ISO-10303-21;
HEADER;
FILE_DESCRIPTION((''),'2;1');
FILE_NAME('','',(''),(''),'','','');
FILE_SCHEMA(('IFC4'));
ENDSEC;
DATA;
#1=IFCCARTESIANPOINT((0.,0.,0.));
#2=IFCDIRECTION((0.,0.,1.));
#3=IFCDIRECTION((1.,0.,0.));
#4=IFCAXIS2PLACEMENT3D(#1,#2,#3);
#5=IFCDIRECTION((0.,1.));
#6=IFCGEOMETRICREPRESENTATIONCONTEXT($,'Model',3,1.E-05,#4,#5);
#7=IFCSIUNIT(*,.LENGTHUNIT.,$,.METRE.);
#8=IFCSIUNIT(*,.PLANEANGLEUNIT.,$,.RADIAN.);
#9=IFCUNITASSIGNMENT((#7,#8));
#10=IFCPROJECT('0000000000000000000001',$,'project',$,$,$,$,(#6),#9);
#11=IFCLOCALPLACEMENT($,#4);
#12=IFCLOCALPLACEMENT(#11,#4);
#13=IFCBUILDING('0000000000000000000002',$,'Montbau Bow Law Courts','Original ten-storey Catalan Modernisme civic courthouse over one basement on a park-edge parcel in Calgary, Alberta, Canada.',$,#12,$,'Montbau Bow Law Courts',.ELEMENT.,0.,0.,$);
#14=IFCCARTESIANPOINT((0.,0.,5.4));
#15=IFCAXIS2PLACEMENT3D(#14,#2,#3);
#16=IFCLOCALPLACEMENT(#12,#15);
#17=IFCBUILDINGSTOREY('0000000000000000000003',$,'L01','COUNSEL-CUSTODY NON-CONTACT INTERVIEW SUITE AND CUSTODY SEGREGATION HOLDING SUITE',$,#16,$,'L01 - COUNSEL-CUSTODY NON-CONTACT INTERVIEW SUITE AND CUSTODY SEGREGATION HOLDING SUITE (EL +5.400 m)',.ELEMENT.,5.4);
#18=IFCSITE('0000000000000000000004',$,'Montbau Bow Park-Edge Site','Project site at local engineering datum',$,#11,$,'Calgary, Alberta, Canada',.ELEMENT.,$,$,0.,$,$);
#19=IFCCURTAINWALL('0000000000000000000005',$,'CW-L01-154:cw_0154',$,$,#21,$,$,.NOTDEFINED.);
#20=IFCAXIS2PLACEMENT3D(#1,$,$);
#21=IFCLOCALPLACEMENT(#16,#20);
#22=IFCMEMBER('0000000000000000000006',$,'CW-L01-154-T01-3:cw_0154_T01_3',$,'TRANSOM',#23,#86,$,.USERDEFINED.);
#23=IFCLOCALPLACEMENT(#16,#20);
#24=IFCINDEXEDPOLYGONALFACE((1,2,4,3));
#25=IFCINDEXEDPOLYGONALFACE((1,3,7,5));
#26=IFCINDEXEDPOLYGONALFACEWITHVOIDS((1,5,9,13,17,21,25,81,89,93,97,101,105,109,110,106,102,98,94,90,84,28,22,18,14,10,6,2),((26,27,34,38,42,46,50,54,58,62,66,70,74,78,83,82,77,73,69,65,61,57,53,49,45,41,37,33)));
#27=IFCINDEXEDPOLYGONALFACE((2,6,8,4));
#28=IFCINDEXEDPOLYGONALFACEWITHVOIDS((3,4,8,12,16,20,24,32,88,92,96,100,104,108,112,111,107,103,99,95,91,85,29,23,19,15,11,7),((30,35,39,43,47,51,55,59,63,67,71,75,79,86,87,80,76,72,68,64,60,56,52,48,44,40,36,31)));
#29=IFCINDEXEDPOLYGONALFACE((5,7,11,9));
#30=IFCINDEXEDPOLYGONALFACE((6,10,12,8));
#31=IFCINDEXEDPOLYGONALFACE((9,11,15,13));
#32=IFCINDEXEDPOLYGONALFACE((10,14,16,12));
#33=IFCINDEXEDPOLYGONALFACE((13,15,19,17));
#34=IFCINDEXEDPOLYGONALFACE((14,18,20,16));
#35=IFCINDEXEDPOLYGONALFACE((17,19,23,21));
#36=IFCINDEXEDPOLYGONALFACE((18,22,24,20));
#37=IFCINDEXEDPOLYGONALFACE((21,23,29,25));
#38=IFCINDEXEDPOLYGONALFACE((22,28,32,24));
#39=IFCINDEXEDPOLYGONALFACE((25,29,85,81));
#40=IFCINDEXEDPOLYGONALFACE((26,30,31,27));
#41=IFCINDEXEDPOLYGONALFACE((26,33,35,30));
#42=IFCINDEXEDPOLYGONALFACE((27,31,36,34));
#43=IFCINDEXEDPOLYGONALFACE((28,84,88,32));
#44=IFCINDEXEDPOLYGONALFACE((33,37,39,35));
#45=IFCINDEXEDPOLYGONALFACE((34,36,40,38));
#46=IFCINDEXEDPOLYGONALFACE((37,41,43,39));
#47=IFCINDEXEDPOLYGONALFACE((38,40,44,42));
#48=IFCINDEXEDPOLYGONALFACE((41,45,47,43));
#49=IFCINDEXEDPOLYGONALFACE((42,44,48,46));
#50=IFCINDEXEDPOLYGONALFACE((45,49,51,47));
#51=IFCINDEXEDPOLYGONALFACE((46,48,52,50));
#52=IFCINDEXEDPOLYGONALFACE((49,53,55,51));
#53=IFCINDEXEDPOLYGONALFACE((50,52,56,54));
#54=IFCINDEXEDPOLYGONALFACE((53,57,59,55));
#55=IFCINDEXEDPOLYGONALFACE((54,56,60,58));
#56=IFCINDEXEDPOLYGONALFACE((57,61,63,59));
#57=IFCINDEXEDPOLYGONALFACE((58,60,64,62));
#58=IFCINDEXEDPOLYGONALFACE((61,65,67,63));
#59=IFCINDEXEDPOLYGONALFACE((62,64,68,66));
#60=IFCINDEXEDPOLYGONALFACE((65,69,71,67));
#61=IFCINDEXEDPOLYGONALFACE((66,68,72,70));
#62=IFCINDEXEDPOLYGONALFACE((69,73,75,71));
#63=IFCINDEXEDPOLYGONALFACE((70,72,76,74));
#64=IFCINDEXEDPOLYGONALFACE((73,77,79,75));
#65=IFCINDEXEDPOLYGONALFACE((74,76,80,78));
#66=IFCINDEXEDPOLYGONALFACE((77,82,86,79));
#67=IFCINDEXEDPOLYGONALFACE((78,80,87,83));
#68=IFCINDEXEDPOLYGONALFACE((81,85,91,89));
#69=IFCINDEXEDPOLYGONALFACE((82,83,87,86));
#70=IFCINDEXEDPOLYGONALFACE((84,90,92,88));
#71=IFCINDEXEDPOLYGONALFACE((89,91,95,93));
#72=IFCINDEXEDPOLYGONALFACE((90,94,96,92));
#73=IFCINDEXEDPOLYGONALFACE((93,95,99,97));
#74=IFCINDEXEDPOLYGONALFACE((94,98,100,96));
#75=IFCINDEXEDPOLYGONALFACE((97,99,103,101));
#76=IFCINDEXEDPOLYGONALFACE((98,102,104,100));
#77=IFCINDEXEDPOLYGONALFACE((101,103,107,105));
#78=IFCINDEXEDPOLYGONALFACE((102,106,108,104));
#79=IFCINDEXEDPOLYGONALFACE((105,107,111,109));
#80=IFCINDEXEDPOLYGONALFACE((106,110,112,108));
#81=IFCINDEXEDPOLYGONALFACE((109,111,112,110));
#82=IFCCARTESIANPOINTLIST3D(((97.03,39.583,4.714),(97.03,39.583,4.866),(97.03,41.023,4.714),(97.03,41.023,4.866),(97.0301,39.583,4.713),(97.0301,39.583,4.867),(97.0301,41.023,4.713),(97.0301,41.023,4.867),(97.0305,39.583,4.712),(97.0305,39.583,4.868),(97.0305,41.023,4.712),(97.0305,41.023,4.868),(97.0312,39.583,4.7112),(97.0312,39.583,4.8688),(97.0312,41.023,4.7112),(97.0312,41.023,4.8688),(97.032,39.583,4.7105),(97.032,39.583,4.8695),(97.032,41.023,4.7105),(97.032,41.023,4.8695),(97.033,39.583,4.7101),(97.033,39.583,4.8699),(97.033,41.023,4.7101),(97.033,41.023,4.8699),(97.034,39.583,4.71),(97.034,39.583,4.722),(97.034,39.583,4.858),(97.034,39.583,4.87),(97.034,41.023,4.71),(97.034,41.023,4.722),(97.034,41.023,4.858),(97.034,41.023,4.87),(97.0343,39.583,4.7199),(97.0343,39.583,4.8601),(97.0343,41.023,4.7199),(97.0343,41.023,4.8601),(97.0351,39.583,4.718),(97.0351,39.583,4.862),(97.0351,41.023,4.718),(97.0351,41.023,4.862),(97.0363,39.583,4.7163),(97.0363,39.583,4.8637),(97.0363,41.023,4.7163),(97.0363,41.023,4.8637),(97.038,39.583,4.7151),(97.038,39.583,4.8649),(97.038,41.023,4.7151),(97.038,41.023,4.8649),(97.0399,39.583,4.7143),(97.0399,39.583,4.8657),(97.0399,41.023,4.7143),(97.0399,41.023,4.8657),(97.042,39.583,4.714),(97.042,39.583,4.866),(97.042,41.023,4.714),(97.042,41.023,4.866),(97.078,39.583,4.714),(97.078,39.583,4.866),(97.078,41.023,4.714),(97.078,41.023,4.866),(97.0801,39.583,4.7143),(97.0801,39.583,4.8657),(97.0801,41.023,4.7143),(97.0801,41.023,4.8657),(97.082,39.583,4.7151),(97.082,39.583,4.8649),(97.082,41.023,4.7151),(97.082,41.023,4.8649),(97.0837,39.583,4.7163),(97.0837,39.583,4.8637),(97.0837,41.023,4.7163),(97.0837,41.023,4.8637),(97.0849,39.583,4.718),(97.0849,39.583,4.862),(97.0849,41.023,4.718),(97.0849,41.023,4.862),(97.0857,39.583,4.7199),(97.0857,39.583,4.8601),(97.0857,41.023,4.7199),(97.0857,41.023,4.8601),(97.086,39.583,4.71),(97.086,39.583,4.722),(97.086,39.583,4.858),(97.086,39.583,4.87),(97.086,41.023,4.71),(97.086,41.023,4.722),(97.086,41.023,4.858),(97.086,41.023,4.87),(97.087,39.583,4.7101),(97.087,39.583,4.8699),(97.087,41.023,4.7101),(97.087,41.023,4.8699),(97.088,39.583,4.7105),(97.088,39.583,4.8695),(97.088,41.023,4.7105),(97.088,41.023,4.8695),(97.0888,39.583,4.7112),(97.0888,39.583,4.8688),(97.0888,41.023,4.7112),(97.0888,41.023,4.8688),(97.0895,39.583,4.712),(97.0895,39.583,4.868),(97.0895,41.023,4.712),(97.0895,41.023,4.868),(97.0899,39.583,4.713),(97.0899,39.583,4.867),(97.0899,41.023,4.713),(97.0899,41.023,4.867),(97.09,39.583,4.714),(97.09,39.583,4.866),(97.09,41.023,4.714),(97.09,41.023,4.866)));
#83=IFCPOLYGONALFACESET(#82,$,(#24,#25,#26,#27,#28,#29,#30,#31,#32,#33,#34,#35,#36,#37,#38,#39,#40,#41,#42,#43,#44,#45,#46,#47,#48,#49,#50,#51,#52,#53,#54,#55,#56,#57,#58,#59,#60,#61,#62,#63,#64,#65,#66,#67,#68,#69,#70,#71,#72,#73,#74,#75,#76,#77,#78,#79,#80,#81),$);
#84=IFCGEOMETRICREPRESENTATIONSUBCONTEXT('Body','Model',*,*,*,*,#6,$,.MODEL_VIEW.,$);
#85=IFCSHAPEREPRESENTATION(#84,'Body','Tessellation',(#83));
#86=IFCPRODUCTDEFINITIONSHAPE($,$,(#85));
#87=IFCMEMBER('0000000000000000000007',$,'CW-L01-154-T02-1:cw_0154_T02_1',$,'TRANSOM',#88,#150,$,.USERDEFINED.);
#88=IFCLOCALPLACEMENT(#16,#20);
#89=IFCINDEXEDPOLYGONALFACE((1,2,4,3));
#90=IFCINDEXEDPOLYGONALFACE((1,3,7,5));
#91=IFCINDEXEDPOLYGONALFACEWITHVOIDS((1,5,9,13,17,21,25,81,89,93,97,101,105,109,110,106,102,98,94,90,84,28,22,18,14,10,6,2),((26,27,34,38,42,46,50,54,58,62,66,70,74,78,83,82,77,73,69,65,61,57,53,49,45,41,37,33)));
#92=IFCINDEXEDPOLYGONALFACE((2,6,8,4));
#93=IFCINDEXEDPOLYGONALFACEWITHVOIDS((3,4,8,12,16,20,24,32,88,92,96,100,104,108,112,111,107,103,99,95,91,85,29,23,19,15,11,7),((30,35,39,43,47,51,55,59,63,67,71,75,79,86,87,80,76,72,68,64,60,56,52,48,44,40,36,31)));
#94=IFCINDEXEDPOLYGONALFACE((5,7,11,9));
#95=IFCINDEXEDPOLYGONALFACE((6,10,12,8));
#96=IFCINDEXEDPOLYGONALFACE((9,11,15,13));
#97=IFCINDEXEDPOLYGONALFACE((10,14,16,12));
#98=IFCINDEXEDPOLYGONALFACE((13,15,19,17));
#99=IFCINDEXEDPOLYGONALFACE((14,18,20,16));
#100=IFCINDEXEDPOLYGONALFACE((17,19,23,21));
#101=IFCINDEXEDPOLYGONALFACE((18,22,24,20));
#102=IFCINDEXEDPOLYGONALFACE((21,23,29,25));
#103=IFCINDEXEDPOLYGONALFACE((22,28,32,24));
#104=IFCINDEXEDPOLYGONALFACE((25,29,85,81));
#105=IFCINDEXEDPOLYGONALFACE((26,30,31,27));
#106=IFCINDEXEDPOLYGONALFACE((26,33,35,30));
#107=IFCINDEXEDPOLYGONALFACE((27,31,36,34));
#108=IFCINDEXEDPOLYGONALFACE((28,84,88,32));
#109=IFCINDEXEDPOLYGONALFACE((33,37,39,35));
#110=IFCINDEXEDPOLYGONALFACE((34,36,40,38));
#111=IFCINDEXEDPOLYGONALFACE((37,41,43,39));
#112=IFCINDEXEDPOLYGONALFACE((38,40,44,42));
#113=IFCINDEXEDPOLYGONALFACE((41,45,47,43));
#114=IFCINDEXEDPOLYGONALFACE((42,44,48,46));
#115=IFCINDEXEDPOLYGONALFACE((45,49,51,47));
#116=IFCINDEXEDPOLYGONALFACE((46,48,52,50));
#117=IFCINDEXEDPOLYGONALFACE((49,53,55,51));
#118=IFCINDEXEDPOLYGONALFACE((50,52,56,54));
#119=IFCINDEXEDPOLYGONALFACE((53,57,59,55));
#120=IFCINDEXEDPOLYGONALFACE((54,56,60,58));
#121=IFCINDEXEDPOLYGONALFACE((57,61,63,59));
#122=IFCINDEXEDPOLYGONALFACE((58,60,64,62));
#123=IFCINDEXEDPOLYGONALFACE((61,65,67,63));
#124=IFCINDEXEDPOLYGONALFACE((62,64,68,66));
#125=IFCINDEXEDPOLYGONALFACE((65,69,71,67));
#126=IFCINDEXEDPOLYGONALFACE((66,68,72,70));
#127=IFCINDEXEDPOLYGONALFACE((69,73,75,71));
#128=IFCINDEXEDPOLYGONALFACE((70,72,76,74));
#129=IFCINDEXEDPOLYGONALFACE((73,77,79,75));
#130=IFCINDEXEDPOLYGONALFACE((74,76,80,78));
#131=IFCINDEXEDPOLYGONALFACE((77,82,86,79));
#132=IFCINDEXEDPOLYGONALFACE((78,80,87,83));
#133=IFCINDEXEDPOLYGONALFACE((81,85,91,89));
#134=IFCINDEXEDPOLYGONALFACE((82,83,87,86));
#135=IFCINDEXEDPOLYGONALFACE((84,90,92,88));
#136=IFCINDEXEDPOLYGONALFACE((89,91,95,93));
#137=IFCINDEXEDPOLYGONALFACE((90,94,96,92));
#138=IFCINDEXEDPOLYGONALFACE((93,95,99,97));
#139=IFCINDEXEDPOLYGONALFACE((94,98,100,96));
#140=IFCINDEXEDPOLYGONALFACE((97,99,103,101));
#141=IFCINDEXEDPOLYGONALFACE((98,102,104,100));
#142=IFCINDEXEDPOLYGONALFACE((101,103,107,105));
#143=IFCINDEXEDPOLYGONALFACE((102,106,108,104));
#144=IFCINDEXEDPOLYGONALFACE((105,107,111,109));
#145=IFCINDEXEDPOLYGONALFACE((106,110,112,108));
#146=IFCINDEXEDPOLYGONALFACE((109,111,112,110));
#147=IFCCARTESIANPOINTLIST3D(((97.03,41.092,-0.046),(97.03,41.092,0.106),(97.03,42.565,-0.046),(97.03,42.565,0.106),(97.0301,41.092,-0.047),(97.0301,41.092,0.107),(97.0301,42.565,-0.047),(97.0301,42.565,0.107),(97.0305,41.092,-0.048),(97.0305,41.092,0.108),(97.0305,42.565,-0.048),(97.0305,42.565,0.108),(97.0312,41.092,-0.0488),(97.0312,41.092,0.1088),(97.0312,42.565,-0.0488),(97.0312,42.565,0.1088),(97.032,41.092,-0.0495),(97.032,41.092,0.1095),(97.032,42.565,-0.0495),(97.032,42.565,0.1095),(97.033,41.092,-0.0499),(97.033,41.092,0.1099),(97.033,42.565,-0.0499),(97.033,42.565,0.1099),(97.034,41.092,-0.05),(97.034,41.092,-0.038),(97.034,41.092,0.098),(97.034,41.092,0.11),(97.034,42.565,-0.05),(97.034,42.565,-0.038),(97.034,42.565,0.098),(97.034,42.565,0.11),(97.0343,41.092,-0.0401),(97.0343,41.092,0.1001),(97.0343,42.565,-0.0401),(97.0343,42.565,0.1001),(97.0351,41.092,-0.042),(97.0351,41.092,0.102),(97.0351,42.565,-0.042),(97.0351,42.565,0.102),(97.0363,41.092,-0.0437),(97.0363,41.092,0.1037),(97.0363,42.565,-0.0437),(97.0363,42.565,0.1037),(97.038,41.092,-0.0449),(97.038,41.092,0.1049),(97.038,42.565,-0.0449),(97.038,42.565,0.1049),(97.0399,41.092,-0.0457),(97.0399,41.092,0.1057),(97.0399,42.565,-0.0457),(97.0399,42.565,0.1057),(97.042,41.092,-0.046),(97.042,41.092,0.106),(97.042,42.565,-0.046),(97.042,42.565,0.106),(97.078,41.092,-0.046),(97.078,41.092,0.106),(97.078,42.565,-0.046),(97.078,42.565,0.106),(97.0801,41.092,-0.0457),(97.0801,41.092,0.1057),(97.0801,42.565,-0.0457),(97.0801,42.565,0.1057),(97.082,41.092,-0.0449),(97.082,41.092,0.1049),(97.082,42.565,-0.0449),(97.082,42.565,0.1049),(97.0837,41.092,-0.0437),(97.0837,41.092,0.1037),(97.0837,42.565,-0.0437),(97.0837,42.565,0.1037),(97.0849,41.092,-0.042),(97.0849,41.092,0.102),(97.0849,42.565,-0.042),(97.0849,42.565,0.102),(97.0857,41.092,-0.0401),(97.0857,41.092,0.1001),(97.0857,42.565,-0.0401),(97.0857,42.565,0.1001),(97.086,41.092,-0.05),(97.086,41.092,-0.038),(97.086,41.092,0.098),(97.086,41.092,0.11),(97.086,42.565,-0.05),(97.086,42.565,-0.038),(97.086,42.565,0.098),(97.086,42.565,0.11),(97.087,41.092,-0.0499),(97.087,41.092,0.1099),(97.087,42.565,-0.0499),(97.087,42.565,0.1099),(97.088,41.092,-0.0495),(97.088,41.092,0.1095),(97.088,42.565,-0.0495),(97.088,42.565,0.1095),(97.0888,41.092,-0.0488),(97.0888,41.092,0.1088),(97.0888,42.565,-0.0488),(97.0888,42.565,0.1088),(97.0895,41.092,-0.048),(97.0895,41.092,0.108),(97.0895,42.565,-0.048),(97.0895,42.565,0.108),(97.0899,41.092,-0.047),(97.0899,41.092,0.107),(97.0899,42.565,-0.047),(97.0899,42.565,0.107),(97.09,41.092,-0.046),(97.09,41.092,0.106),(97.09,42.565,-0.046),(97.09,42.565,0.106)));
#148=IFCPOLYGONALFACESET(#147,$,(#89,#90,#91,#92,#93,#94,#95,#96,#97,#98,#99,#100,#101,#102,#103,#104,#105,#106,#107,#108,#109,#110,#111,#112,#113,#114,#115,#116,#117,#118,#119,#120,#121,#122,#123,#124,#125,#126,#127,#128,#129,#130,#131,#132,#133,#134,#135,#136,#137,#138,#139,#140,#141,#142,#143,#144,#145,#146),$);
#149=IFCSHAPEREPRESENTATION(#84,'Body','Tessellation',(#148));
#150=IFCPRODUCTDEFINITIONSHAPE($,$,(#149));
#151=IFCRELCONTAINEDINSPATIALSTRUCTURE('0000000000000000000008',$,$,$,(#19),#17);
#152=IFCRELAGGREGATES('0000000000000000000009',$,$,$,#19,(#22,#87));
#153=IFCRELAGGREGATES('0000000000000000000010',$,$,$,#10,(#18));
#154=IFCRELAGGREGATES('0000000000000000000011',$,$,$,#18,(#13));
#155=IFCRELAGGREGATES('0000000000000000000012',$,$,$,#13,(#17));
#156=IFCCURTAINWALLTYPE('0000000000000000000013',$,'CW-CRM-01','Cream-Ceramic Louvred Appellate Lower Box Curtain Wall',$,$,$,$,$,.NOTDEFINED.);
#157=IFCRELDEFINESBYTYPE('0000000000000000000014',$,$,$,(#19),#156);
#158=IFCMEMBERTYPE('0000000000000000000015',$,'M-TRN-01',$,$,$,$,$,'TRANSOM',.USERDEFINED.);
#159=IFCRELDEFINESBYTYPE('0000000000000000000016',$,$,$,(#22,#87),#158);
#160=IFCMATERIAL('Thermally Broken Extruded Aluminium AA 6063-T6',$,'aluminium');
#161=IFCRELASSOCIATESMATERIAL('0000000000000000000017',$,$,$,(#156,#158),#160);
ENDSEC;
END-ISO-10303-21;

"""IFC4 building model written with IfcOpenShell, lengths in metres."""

from ifc_helpers import new_model, si_unit, direction, frame, origin_with_axes, origin_2d_with_axis, place, context, subcontext, project, spatial, hollow_rectangle, extrude, material, material_profile, profile_set, type_object, element, aggregate, save


model = new_model("IFC4")

# Units and contexts
model_context = context("Model", 3, precision=1e-05, world=origin_with_axes(), true_north=direction((0.0, 1.0)))
body_context = subcontext(model_context, "Body", "Model", "MODEL_VIEW")
ifc_project = project(units=[si_unit("LENGTHUNIT", "METRE"), si_unit("PLANEANGLEUNIT", "RADIAN")], contexts=[model_context])

# Site, building, storey
site_placement = place(None, origin_with_axes())
site = spatial("IfcSite", under=ifc_project, at=site_placement, Name="Montbau Bow Park-Edge Site", Description="Project site at local engineering datum", LongName="Calgary, Alberta, Canada", CompositionType="ELEMENT", RefElevation=0.0)
building_placement = place(site_placement, origin_with_axes())
building = spatial("IfcBuilding", under=site, at=building_placement, Name="Montbau Bow Law Courts", Description="Original ten-storey Catalan Modernisme civic courthouse over one basement on a park-edge parcel in Calgary, Alberta, Canada.", LongName="Montbau Bow Law Courts", CompositionType="ELEMENT", ElevationOfRefHeight=0.0, ElevationOfTerrain=0.0)
storey_placement = place(building_placement, frame((0.0, 0.0, 5.4), z_axis=(0.0, 0.0, 1.0), x_axis=(1.0, 0.0, 0.0)))
storey = spatial("IfcBuildingStorey", under=building, at=storey_placement, Name="L01", Description="COUNSEL-CUSTODY NON-CONTACT INTERVIEW SUITE AND CUSTODY SEGREGATION HOLDING SUITE", LongName="L01 - COUNSEL-CUSTODY NON-CONTACT INTERVIEW SUITE AND CUSTODY SEGREGATION HOLDING SUITE (EL +5.400 m)", CompositionType="ELEMENT", Elevation=5.4)

# Curtain wall, members
ifc_material_1 = material(Name="Thermally Broken Extruded Aluminium AA 6063-T6", Category="aluminium")
curtain_wall_type = type_object("IfcCurtainWallType", Name="CW-CRM-01", Description="Cream-Ceramic Louvred Appellate Lower Box Curtain Wall", PredefinedType="NOTDEFINED", material=ifc_material_1)
curtain_wall_placement = place(None, frame((97.06, 39.515, 5.4), z_axis=(0.0, 0.0, 1.0), x_axis=(1.0, 0.0, 0.0)))
curtain_wall = element("IfcCurtainWall", 1, at=curtain_wall_placement, inside=storey, type_object=curtain_wall_type, Name="CW-L01-154:cw_0154", PredefinedType="NOTDEFINED")
ifc_material_profile_1 = material_profile(ifc_material_1, hollow_rectangle(XDim=0.06, YDim=0.16, WallThickness=0.004, InnerFilletRadius=0.008, OuterFilletRadius=0.004, at=origin_2d_with_axis()), Name="CWT-160X60", Category="Main", Priority=0)
ifc_profile_set_1 = profile_set([ifc_material_profile_1], Name="Thermally Broken Extruded Aluminium AA 6063-T6")
member_type_1 = type_object("IfcMemberType", Name="M-TRN-01", ElementType="TRANSOM", PredefinedType="USERDEFINED", material=ifc_profile_set_1)
member_1_placement = place(None, frame((97.06, 39.583, 10.19), z_axis=(0.0, 1.0, 0.0), x_axis=(-1.0, 0.0, 0.0)))
member_1 = element("IfcMember", 2, at=member_1_placement, type_object=member_type_1, Name="CW-L01-154-T01-3:cw_0154_T01_3", ObjectType="TRANSOM", PredefinedType="USERDEFINED", context=body_context, shape_type="SweptSolid", body=[
    extrude(hollow_rectangle(XDim=0.06, YDim=0.16, WallThickness=0.004, InnerFilletRadius=0.008, OuterFilletRadius=0.004, at=origin_2d_with_axis()), origin_with_axes(), (0.0, 0.0, 1.0), 1.44),
])
member_2_placement = place(None, frame((97.06, 41.092, 5.43), z_axis=(0.0, 1.0, 0.0), x_axis=(-1.0, 0.0, 0.0)))
member_2 = element("IfcMember", 3, at=member_2_placement, type_object=member_type_1, Name="CW-L01-154-T02-1:cw_0154_T02_1", ObjectType="TRANSOM", PredefinedType="USERDEFINED", context=body_context, shape_type="SweptSolid", body=[
    extrude(hollow_rectangle(XDim=0.06, YDim=0.16, WallThickness=0.004, InnerFilletRadius=0.008, OuterFilletRadius=0.004, at=origin_2d_with_axis()), origin_with_axes(), (0.0, 0.0, 1.0), 1.473),
])
aggregate(curtain_wall, [member_1, member_2])

save(model, "model.ifc")
